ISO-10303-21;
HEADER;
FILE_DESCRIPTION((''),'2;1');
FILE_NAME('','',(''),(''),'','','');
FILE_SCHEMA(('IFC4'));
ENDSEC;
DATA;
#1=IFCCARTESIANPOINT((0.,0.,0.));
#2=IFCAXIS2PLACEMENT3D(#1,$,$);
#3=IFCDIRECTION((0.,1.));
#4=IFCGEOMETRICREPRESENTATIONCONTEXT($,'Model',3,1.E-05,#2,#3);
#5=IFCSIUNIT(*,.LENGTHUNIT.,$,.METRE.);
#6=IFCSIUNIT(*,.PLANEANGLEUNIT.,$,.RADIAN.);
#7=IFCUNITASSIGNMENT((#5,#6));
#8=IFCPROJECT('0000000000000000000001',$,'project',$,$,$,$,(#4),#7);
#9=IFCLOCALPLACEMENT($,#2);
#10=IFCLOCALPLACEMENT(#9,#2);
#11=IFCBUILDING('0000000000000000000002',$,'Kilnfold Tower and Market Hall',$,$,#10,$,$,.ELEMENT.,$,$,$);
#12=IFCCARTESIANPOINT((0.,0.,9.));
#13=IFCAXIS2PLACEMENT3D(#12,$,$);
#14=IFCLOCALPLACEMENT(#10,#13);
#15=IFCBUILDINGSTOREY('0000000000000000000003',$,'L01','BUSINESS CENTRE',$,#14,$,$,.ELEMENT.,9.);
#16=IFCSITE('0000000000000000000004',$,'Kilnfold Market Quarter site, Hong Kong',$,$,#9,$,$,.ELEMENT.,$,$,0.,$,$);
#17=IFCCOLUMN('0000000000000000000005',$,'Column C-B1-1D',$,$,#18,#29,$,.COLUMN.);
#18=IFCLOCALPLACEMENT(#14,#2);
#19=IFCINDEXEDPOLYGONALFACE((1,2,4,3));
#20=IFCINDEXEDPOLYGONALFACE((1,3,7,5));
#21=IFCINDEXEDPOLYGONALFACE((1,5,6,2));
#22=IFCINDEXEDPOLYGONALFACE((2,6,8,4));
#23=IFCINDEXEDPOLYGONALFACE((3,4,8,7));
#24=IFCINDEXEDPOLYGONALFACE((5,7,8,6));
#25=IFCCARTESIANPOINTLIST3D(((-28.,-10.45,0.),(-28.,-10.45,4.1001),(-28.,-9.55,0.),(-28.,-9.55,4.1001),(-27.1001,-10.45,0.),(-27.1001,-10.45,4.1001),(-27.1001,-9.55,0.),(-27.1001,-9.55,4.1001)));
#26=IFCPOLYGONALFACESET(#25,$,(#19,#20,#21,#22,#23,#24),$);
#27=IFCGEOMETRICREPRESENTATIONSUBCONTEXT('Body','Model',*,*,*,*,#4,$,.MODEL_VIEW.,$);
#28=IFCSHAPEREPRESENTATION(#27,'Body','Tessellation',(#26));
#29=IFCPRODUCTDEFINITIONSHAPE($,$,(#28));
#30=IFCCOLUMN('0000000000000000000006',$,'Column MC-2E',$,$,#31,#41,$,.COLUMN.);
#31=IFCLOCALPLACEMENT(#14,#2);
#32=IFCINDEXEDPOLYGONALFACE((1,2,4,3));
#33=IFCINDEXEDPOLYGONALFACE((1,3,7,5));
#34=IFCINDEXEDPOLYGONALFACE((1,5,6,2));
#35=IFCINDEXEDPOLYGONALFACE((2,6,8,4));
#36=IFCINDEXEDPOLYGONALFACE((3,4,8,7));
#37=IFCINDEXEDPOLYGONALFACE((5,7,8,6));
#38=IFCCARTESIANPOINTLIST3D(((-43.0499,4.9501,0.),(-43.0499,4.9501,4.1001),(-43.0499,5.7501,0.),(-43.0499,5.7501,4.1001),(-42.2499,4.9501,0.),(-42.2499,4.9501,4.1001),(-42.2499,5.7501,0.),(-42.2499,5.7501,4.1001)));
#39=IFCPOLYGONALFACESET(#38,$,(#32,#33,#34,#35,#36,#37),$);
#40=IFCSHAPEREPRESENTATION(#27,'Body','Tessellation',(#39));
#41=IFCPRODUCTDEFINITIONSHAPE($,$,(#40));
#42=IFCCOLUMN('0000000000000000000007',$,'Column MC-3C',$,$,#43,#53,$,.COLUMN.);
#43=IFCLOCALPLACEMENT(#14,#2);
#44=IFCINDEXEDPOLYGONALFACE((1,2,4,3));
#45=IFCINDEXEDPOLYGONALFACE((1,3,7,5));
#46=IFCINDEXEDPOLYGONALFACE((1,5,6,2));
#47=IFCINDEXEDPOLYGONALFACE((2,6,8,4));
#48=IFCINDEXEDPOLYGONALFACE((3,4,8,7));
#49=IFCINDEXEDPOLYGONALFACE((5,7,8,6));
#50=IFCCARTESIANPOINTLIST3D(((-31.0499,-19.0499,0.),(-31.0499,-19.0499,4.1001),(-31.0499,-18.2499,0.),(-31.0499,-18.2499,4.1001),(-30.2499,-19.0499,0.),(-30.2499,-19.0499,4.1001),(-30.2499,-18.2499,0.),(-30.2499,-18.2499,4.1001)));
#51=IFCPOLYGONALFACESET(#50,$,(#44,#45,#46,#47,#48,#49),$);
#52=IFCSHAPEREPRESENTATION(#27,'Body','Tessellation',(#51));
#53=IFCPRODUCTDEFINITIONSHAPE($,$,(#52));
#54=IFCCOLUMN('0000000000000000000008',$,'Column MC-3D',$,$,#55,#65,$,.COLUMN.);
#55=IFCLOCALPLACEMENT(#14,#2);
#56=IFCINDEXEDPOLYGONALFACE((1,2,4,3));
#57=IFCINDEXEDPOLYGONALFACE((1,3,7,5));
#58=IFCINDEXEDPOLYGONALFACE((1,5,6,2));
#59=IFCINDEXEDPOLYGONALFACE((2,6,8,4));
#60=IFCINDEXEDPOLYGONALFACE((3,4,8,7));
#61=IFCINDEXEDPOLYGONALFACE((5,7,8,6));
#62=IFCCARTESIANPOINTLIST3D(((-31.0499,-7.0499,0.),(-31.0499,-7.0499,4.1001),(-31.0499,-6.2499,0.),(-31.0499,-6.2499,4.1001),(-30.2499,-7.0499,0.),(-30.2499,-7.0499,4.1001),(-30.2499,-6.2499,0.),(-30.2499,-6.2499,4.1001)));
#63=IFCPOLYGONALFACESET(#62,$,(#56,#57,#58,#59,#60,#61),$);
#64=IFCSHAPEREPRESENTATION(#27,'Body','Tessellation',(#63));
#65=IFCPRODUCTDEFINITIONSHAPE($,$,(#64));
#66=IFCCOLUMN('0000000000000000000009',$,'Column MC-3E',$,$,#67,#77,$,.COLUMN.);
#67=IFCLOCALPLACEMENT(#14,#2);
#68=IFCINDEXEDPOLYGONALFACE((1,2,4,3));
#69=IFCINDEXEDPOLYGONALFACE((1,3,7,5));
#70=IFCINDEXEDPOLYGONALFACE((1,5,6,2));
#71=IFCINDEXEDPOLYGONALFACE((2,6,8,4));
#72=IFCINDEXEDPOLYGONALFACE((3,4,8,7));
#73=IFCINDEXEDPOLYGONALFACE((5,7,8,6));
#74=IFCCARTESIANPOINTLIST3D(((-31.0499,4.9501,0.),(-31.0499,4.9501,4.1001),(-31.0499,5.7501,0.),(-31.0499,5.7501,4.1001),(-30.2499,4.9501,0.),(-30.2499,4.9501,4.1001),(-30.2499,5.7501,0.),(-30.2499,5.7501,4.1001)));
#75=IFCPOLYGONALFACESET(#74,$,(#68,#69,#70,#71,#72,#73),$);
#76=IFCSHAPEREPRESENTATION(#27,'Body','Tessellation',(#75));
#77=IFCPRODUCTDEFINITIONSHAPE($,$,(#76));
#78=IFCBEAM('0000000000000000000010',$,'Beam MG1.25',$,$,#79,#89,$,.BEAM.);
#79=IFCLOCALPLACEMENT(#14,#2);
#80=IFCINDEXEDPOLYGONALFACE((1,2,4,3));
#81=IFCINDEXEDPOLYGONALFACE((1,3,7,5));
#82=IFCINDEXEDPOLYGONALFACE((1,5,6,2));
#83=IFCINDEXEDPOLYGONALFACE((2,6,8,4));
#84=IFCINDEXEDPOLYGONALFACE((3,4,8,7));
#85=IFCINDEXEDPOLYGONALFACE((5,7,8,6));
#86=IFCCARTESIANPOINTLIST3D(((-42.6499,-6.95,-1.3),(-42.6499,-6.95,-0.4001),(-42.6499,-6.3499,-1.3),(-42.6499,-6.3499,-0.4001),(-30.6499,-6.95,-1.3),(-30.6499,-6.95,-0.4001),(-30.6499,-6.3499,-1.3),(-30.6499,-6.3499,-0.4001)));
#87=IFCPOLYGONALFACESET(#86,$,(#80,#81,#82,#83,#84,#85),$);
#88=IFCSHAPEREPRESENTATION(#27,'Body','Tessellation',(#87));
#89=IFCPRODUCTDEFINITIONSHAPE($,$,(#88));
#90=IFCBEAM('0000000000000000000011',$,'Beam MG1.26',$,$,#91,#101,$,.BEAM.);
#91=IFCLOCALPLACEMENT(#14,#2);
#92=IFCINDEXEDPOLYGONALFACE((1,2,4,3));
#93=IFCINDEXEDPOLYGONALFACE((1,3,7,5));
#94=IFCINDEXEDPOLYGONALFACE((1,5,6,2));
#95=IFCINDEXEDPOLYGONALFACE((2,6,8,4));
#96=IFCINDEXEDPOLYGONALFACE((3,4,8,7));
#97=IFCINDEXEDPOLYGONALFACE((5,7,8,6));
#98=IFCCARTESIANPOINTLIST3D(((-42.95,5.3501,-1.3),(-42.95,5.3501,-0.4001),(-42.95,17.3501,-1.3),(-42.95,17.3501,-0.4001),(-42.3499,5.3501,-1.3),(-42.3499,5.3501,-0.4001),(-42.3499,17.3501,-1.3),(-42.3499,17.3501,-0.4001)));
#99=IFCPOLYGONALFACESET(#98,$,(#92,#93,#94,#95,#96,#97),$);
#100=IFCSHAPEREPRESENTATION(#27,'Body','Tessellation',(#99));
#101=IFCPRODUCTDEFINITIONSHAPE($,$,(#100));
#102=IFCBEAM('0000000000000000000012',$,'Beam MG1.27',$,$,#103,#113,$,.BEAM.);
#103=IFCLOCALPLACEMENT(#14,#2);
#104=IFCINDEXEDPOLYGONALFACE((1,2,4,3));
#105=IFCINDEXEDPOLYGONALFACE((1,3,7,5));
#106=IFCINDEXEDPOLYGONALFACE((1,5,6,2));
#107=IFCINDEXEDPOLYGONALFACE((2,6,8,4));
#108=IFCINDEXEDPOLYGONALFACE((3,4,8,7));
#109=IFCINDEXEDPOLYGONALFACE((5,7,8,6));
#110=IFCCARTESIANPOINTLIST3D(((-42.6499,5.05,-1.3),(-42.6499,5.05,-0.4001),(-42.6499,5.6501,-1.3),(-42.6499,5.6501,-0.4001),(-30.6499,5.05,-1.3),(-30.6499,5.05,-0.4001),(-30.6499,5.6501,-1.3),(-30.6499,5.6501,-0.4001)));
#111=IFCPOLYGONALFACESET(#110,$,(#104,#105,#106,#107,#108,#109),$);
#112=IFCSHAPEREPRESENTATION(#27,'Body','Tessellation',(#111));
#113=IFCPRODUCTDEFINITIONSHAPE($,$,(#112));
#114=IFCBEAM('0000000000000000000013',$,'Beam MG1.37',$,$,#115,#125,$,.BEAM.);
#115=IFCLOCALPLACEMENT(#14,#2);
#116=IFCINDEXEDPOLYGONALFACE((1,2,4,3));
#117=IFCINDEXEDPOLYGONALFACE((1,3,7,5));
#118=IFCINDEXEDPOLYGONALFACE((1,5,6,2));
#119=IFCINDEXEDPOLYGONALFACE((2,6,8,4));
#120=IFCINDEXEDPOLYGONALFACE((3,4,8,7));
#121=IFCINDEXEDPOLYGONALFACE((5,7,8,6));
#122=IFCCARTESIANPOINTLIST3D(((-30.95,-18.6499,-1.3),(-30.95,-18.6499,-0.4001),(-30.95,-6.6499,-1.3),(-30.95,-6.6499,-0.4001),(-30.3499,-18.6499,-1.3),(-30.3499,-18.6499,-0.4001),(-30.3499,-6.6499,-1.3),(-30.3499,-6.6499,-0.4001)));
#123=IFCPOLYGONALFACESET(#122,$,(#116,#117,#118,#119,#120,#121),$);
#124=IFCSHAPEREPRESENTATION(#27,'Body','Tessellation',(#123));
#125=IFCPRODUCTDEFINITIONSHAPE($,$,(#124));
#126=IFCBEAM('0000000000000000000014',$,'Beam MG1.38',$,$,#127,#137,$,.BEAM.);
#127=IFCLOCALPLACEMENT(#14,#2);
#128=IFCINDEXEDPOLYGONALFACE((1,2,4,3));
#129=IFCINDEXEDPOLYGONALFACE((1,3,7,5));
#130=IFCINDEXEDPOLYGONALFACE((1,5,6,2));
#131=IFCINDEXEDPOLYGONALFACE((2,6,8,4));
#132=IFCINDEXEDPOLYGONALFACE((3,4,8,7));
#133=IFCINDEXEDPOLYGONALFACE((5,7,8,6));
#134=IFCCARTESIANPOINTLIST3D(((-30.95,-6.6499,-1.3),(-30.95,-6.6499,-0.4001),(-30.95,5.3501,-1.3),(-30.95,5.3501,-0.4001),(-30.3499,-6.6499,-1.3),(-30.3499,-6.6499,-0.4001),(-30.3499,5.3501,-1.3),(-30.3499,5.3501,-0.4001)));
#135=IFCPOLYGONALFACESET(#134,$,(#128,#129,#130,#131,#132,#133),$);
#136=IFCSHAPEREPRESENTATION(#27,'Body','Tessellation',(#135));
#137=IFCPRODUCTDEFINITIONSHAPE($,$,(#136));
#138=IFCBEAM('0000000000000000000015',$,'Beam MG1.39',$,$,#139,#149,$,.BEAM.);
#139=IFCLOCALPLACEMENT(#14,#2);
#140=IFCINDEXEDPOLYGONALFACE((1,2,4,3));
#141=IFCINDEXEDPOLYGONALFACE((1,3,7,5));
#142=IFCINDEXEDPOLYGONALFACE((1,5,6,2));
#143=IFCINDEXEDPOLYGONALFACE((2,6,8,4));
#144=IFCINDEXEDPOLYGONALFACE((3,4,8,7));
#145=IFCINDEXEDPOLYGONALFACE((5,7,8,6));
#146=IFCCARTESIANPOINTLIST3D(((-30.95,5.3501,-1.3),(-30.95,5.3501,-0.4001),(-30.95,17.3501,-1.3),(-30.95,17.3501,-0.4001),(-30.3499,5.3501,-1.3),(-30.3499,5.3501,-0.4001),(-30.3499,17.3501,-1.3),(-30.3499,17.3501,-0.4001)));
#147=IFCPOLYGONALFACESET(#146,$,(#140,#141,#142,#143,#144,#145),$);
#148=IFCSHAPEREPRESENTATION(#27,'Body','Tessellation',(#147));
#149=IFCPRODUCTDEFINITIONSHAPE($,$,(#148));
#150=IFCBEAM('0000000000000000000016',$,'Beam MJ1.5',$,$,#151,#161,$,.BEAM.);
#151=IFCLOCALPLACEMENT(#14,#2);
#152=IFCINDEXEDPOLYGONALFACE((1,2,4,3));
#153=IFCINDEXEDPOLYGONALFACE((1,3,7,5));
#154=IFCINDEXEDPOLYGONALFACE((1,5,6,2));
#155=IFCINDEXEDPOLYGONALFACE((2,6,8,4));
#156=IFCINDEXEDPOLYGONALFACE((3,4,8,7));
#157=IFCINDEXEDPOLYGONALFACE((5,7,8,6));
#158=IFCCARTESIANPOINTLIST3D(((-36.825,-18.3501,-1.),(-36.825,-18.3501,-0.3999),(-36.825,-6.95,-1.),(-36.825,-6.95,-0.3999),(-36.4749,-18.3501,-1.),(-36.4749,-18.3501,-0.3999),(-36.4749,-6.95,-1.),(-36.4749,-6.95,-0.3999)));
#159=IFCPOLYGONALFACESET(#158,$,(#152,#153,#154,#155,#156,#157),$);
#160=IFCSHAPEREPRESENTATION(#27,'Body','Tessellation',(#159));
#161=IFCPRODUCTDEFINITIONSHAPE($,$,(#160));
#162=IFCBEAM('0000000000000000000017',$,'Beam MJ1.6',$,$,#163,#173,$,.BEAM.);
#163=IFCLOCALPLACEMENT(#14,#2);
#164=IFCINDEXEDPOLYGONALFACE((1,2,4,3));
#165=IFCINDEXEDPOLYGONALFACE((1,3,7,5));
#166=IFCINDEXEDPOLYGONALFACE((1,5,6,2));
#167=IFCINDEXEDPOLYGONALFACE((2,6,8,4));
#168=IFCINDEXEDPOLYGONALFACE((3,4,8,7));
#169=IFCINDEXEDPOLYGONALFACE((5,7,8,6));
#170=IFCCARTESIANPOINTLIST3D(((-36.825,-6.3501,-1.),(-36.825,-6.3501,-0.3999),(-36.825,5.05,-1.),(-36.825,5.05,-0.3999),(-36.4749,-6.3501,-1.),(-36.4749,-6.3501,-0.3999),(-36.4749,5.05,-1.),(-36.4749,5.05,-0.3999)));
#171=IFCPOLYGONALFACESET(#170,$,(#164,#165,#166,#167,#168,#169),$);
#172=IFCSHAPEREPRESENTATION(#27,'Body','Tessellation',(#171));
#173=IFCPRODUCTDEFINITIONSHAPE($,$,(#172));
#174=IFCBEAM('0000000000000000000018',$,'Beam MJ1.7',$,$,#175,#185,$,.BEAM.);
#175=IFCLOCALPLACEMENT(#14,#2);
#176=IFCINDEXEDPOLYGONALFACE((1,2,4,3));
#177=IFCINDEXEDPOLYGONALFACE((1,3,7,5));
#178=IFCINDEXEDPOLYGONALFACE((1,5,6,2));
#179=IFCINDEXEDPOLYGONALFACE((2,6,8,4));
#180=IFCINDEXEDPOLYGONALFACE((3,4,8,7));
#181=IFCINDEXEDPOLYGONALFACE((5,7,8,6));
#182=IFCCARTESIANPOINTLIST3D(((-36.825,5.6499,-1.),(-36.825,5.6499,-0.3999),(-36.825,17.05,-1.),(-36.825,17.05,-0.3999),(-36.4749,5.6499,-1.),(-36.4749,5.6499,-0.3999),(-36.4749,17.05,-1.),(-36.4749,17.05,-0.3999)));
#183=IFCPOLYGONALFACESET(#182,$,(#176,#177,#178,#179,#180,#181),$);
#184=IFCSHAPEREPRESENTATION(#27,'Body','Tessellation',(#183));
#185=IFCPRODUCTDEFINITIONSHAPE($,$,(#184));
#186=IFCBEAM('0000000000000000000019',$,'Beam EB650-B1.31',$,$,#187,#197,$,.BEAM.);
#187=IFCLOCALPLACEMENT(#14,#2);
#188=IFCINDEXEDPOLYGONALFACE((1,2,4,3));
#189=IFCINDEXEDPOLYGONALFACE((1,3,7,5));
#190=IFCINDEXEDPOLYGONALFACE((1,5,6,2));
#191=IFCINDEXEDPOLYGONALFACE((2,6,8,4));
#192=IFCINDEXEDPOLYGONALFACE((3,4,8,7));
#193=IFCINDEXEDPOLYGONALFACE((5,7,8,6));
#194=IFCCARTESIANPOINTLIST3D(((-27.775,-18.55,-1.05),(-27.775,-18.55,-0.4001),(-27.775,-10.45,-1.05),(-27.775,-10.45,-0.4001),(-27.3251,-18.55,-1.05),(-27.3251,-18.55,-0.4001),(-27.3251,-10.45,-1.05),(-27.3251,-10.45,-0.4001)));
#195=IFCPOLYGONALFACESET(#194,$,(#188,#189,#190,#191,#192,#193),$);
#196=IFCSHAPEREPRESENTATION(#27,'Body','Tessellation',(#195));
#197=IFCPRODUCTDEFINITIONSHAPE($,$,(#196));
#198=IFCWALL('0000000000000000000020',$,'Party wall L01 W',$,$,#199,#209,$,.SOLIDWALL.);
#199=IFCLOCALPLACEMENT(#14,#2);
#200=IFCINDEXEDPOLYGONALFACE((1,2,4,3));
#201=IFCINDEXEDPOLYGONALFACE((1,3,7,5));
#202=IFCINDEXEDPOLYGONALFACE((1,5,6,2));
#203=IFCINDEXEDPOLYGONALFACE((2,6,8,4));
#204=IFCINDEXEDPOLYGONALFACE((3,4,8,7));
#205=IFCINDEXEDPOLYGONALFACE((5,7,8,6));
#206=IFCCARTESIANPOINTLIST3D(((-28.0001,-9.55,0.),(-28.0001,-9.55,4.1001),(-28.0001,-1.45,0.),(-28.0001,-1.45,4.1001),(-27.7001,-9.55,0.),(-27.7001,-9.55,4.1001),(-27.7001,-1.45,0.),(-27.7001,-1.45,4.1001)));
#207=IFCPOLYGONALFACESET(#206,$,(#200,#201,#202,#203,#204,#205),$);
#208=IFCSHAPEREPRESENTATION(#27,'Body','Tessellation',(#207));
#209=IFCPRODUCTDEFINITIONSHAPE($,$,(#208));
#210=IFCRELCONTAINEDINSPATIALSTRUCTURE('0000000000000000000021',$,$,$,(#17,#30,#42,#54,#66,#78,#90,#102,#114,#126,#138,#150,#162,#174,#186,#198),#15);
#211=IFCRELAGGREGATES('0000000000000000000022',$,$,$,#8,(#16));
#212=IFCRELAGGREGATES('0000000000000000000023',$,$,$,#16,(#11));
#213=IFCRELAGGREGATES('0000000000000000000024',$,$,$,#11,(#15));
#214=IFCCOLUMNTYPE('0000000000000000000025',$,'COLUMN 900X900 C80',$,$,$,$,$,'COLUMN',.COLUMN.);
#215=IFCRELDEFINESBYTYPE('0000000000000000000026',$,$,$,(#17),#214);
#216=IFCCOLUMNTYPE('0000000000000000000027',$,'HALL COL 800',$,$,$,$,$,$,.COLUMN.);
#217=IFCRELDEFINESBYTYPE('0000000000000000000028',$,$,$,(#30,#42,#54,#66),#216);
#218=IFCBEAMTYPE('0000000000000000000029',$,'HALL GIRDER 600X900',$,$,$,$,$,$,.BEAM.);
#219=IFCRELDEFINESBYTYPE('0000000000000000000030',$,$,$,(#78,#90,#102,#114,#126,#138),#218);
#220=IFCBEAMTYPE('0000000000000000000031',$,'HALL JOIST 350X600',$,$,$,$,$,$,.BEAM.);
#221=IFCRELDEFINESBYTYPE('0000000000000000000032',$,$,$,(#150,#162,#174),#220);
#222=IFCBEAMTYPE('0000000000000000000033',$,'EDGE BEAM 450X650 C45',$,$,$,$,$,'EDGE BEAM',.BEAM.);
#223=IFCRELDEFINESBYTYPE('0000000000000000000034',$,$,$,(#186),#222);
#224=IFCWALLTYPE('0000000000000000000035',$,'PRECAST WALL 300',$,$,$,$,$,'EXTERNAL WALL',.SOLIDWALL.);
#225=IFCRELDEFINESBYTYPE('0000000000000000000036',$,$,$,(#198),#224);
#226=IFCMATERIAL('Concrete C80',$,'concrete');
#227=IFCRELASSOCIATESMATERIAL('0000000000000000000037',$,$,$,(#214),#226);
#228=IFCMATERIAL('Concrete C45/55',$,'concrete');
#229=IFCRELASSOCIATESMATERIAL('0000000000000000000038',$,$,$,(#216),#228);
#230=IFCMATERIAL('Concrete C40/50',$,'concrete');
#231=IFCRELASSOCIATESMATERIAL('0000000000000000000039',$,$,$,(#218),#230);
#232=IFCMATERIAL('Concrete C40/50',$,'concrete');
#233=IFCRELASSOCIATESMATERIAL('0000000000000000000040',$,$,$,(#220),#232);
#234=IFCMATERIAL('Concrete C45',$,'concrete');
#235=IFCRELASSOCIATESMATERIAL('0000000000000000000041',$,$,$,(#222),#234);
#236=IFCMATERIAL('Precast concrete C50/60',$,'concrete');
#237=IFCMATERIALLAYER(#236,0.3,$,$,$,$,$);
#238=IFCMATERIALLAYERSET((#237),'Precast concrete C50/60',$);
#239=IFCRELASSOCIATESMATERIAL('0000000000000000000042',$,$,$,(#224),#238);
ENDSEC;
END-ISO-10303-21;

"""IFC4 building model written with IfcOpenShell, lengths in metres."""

from ifc_helpers import new_model, si_unit, direction, frame, frame_2d, origin, origin_2d, place, context, subcontext, project, spatial, rectangle, extrude, source, transform, mapped, material, layer, layer_set, material_profile, profile_set, type_object, element, save


model = new_model("IFC4")

# Units and contexts
model_context = context("Model", 3, precision=1e-05, world=origin(), true_north=direction((0.0, 1.0)))
body_context = subcontext(model_context, "Body", "Model", "MODEL_VIEW")
ifc_project = project(units=[si_unit("LENGTHUNIT", "METRE"), si_unit("PLANEANGLEUNIT", "RADIAN")], contexts=[model_context])

# Site, building, storey
site_placement = place(None, origin())
site = spatial("IfcSite", under=ifc_project, at=site_placement, Name="Kilnfold Market Quarter site, Hong Kong", CompositionType="ELEMENT", RefElevation=0.0)
building_placement = place(site_placement, origin())
building = spatial("IfcBuilding", under=site, at=building_placement, Name="Kilnfold Tower and Market Hall", CompositionType="ELEMENT")
storey_placement = place(building_placement, frame((0.0, 0.0, 9.0)))
storey = spatial("IfcBuildingStorey", under=building, at=storey_placement, Name="L01", Description="BUSINESS CENTRE", CompositionType="ELEMENT", Elevation=9.0)

# Columns
ifc_material_1 = material(Name="Concrete C80", Category="concrete")
ifc_material_profile_1 = material_profile(ifc_material_1, rectangle(XDim=0.8999, YDim=0.8999, at=origin_2d()), Name="RC 900x900")
ifc_profile_set_1 = profile_set([ifc_material_profile_1], Name="Concrete C80")
column_type_1 = type_object("IfcColumnType", Name="COLUMN 900X900 C80", ElementType="COLUMN", PredefinedType="COLUMN", material=ifc_profile_set_1)
shared_shape_1 = source(origin(), body_context, "Body", "SweptSolid", [
    extrude(rectangle(XDim=0.8999, YDim=0.8999, at=origin_2d()), origin(), (0.0, 0.0, 1.0), 4.1001),
])
column_placement = place(storey_placement, frame((-27.55, -10.0, 0.0), z_axis=(0.0, 0.0, 1.0), x_axis=(1.0, 0.0, 0.0)))
element("IfcColumn", 1, at=column_placement, inside=storey, type_object=column_type_1, Name="Column C-B1-1D", PredefinedType="COLUMN", context=body_context, shape_type="MappedRepresentation", body=[
    mapped(shared_shape_1, transform((0.0, 0.0, 0.0))),
])
ifc_material_2 = material(Name="Concrete C45/55", Category="concrete")
ifc_material_profile_2 = material_profile(ifc_material_2, rectangle(XDim=0.8, YDim=0.8, at=origin_2d()), Name="RC 800x800")
ifc_profile_set_2 = profile_set([ifc_material_profile_2], Name="Concrete C45/55")
column_type_2 = type_object("IfcColumnType", Name="HALL COL 800", PredefinedType="COLUMN", material=ifc_profile_set_2)
shared_shape_2 = source(origin(), body_context, "Body", "SweptSolid", [
    extrude(rectangle(XDim=0.8, YDim=0.8, at=origin_2d()), origin(), (0.0, 0.0, 1.0), 4.1001),
])
for number, where, z_axis, x_axis, name in (
    (2, (-42.6499, 5.3501, 0.0), (0.0, 0.0, 1.0), (1.0, 0.0, 0.0), "Column MC-2E"),
    (3, (-30.6499, -18.6499, 0.0), (0.0, 0.0, 1.0), (1.0, 0.0, 0.0), "Column MC-3C"),
    (4, (-30.6499, -6.6499, 0.0), (0.0, 0.0, 1.0), (1.0, 0.0, 0.0), "Column MC-3D"),
    (5, (-30.6499, 5.3501, 0.0), (0.0, 0.0, 1.0), (1.0, 0.0, 0.0), "Column MC-3E"),
):
    element("IfcColumn", number, at=place(storey_placement, frame(where, z_axis=z_axis, x_axis=x_axis)), inside=storey, type_object=column_type_2, Name=name, PredefinedType="COLUMN", context=body_context, shape_type="MappedRepresentation", body=[
        mapped(shared_shape_2, transform((0.0, 0.0, 0.0))),
    ])

# Beams
ifc_material_3 = material(Name="Concrete C40/50", Category="concrete")
ifc_material_profile_3 = material_profile(ifc_material_3, rectangle(XDim=0.6001, YDim=0.8999, at=origin_2d()), Name="RC 600x900")
ifc_profile_set_3 = profile_set([ifc_material_profile_3], Name="Concrete C40/50")
beam_type_1 = type_object("IfcBeamType", Name="HALL GIRDER 600X900", PredefinedType="BEAM", material=ifc_profile_set_3)
for number, where, z_axis, x_axis, name in (
    (6, (-42.6499, -6.6499, -0.8501), (1.0, 0.0, 0.0), (0.0, 1.0, 0.0), "Beam MG1.25"),
    (7, (-42.6499, 5.3501, -0.8501), (0.0, 1.0, 0.0), (-1.0, 0.0, 0.0), "Beam MG1.26"),
    (8, (-42.6499, 5.3501, -0.8501), (1.0, 0.0, 0.0), (0.0, 1.0, 0.0), "Beam MG1.27"),
    (9, (-30.6499, -18.6499, -0.8501), (0.0, 1.0, 0.0), (-1.0, 0.0, 0.0), "Beam MG1.37"),
    (10, (-30.6499, -6.6499, -0.8501), (0.0, 1.0, 0.0), (-1.0, 0.0, 0.0), "Beam MG1.38"),
    (11, (-30.6499, 5.3501, -0.8501), (0.0, 1.0, 0.0), (-1.0, 0.0, 0.0), "Beam MG1.39"),
):
    element("IfcBeam", number, at=place(storey_placement, frame(where, z_axis=z_axis, x_axis=x_axis)), inside=storey, type_object=beam_type_1, Name=name, PredefinedType="BEAM", context=body_context, shape_type="SweptSolid", body=[
        extrude(rectangle(XDim=0.6001, YDim=0.8999, at=origin_2d()), origin(), (0.0, 0.0, 1.0), 12.0),
    ])
ifc_material_4 = material(Name="Concrete C40/50", Category="concrete")
ifc_material_profile_4 = material_profile(ifc_material_4, rectangle(XDim=0.3501, YDim=0.6001, at=origin_2d()), Name="RC 350x600")
ifc_profile_set_4 = profile_set([ifc_material_profile_4], Name="Concrete C40/50")
beam_type_2 = type_object("IfcBeamType", Name="HALL JOIST 350X600", PredefinedType="BEAM", material=ifc_profile_set_4)
for number, where, z_axis, x_axis, name in (
    (12, (-36.6499, -18.3501, -0.7), (0.0, 1.0, 0.0), (-1.0, 0.0, 0.0), "Beam MJ1.5"),
    (13, (-36.6499, -6.3501, -0.7), (0.0, 1.0, 0.0), (-1.0, 0.0, 0.0), "Beam MJ1.6"),
    (14, (-36.6499, 5.6499, -0.7), (0.0, 1.0, 0.0), (-1.0, 0.0, 0.0), "Beam MJ1.7"),
):
    element("IfcBeam", number, at=place(storey_placement, frame(where, z_axis=z_axis, x_axis=x_axis)), inside=storey, type_object=beam_type_2, Name=name, PredefinedType="BEAM", context=body_context, shape_type="SweptSolid", body=[
        extrude(rectangle(XDim=0.3501, YDim=0.6001, at=origin_2d()), origin(), (0.0, 0.0, 1.0), 11.4001),
    ])
ifc_material_5 = material(Name="Concrete C45", Category="concrete")
ifc_material_profile_5 = material_profile(ifc_material_5, rectangle(XDim=0.45, YDim=0.6499, at=origin_2d()), Name="RC 450x650")
ifc_profile_set_5 = profile_set([ifc_material_profile_5], Name="Concrete C45")
beam_type_3 = type_object("IfcBeamType", Name="EDGE BEAM 450X650 C45", ElementType="EDGE BEAM", PredefinedType="BEAM", material=ifc_profile_set_5)
shared_shape_3 = source(origin(), body_context, "Body", "SweptSolid", [
    extrude(rectangle(XDim=0.45, YDim=0.6499, at=origin_2d()), origin(), (0.0, 0.0, 1.0), 8.1001),
])
beam_placement = place(storey_placement, frame((-27.55, -18.55, -0.7251), z_axis=(0.0, 1.0, 0.0), x_axis=(-1.0, 0.0, 0.0)))
element("IfcBeam", 15, at=beam_placement, inside=storey, type_object=beam_type_3, Name="Beam EB650-B1.31", PredefinedType="BEAM", context=body_context, shape_type="MappedRepresentation", body=[
    mapped(shared_shape_3, transform((0.0, 0.0, 0.0))),
])

# Wall
ifc_material_6 = material(Name="Precast concrete C50/60", Category="concrete")
ifc_layer_1 = layer(ifc_material_6, 0.3)
ifc_layer_set_1 = layer_set([ifc_layer_1], Name="Precast concrete C50/60")
wall_type_1 = type_object("IfcWallType", Name="PRECAST WALL 300", ElementType="EXTERNAL WALL", PredefinedType="SOLIDWALL", material=ifc_layer_set_1)
shared_shape_4 = source(origin(), body_context, "Body", "SweptSolid", [
    extrude(rectangle(XDim=8.1001, YDim=0.3, at=frame_2d((4.05, 0.0))), origin(), (0.0, 0.0, 1.0), 4.1001),
])
for number, where, z_axis, x_axis, name in (
    (16, (-27.8501, -1.45, 0.0), (0.0, 0.0, 1.0), (0.0, -1.0, 0.0), "Party wall L01 W"),
):
    element("IfcWall", number, at=place(storey_placement, frame(where, z_axis=z_axis, x_axis=x_axis)), inside=storey, type_object=wall_type_1, Name=name, PredefinedType="SOLIDWALL", context=body_context, shape_type="MappedRepresentation", body=[
        mapped(shared_shape_4, transform((0.0, 0.0, 0.0))),
    ])

save(model, "model.ifc")
